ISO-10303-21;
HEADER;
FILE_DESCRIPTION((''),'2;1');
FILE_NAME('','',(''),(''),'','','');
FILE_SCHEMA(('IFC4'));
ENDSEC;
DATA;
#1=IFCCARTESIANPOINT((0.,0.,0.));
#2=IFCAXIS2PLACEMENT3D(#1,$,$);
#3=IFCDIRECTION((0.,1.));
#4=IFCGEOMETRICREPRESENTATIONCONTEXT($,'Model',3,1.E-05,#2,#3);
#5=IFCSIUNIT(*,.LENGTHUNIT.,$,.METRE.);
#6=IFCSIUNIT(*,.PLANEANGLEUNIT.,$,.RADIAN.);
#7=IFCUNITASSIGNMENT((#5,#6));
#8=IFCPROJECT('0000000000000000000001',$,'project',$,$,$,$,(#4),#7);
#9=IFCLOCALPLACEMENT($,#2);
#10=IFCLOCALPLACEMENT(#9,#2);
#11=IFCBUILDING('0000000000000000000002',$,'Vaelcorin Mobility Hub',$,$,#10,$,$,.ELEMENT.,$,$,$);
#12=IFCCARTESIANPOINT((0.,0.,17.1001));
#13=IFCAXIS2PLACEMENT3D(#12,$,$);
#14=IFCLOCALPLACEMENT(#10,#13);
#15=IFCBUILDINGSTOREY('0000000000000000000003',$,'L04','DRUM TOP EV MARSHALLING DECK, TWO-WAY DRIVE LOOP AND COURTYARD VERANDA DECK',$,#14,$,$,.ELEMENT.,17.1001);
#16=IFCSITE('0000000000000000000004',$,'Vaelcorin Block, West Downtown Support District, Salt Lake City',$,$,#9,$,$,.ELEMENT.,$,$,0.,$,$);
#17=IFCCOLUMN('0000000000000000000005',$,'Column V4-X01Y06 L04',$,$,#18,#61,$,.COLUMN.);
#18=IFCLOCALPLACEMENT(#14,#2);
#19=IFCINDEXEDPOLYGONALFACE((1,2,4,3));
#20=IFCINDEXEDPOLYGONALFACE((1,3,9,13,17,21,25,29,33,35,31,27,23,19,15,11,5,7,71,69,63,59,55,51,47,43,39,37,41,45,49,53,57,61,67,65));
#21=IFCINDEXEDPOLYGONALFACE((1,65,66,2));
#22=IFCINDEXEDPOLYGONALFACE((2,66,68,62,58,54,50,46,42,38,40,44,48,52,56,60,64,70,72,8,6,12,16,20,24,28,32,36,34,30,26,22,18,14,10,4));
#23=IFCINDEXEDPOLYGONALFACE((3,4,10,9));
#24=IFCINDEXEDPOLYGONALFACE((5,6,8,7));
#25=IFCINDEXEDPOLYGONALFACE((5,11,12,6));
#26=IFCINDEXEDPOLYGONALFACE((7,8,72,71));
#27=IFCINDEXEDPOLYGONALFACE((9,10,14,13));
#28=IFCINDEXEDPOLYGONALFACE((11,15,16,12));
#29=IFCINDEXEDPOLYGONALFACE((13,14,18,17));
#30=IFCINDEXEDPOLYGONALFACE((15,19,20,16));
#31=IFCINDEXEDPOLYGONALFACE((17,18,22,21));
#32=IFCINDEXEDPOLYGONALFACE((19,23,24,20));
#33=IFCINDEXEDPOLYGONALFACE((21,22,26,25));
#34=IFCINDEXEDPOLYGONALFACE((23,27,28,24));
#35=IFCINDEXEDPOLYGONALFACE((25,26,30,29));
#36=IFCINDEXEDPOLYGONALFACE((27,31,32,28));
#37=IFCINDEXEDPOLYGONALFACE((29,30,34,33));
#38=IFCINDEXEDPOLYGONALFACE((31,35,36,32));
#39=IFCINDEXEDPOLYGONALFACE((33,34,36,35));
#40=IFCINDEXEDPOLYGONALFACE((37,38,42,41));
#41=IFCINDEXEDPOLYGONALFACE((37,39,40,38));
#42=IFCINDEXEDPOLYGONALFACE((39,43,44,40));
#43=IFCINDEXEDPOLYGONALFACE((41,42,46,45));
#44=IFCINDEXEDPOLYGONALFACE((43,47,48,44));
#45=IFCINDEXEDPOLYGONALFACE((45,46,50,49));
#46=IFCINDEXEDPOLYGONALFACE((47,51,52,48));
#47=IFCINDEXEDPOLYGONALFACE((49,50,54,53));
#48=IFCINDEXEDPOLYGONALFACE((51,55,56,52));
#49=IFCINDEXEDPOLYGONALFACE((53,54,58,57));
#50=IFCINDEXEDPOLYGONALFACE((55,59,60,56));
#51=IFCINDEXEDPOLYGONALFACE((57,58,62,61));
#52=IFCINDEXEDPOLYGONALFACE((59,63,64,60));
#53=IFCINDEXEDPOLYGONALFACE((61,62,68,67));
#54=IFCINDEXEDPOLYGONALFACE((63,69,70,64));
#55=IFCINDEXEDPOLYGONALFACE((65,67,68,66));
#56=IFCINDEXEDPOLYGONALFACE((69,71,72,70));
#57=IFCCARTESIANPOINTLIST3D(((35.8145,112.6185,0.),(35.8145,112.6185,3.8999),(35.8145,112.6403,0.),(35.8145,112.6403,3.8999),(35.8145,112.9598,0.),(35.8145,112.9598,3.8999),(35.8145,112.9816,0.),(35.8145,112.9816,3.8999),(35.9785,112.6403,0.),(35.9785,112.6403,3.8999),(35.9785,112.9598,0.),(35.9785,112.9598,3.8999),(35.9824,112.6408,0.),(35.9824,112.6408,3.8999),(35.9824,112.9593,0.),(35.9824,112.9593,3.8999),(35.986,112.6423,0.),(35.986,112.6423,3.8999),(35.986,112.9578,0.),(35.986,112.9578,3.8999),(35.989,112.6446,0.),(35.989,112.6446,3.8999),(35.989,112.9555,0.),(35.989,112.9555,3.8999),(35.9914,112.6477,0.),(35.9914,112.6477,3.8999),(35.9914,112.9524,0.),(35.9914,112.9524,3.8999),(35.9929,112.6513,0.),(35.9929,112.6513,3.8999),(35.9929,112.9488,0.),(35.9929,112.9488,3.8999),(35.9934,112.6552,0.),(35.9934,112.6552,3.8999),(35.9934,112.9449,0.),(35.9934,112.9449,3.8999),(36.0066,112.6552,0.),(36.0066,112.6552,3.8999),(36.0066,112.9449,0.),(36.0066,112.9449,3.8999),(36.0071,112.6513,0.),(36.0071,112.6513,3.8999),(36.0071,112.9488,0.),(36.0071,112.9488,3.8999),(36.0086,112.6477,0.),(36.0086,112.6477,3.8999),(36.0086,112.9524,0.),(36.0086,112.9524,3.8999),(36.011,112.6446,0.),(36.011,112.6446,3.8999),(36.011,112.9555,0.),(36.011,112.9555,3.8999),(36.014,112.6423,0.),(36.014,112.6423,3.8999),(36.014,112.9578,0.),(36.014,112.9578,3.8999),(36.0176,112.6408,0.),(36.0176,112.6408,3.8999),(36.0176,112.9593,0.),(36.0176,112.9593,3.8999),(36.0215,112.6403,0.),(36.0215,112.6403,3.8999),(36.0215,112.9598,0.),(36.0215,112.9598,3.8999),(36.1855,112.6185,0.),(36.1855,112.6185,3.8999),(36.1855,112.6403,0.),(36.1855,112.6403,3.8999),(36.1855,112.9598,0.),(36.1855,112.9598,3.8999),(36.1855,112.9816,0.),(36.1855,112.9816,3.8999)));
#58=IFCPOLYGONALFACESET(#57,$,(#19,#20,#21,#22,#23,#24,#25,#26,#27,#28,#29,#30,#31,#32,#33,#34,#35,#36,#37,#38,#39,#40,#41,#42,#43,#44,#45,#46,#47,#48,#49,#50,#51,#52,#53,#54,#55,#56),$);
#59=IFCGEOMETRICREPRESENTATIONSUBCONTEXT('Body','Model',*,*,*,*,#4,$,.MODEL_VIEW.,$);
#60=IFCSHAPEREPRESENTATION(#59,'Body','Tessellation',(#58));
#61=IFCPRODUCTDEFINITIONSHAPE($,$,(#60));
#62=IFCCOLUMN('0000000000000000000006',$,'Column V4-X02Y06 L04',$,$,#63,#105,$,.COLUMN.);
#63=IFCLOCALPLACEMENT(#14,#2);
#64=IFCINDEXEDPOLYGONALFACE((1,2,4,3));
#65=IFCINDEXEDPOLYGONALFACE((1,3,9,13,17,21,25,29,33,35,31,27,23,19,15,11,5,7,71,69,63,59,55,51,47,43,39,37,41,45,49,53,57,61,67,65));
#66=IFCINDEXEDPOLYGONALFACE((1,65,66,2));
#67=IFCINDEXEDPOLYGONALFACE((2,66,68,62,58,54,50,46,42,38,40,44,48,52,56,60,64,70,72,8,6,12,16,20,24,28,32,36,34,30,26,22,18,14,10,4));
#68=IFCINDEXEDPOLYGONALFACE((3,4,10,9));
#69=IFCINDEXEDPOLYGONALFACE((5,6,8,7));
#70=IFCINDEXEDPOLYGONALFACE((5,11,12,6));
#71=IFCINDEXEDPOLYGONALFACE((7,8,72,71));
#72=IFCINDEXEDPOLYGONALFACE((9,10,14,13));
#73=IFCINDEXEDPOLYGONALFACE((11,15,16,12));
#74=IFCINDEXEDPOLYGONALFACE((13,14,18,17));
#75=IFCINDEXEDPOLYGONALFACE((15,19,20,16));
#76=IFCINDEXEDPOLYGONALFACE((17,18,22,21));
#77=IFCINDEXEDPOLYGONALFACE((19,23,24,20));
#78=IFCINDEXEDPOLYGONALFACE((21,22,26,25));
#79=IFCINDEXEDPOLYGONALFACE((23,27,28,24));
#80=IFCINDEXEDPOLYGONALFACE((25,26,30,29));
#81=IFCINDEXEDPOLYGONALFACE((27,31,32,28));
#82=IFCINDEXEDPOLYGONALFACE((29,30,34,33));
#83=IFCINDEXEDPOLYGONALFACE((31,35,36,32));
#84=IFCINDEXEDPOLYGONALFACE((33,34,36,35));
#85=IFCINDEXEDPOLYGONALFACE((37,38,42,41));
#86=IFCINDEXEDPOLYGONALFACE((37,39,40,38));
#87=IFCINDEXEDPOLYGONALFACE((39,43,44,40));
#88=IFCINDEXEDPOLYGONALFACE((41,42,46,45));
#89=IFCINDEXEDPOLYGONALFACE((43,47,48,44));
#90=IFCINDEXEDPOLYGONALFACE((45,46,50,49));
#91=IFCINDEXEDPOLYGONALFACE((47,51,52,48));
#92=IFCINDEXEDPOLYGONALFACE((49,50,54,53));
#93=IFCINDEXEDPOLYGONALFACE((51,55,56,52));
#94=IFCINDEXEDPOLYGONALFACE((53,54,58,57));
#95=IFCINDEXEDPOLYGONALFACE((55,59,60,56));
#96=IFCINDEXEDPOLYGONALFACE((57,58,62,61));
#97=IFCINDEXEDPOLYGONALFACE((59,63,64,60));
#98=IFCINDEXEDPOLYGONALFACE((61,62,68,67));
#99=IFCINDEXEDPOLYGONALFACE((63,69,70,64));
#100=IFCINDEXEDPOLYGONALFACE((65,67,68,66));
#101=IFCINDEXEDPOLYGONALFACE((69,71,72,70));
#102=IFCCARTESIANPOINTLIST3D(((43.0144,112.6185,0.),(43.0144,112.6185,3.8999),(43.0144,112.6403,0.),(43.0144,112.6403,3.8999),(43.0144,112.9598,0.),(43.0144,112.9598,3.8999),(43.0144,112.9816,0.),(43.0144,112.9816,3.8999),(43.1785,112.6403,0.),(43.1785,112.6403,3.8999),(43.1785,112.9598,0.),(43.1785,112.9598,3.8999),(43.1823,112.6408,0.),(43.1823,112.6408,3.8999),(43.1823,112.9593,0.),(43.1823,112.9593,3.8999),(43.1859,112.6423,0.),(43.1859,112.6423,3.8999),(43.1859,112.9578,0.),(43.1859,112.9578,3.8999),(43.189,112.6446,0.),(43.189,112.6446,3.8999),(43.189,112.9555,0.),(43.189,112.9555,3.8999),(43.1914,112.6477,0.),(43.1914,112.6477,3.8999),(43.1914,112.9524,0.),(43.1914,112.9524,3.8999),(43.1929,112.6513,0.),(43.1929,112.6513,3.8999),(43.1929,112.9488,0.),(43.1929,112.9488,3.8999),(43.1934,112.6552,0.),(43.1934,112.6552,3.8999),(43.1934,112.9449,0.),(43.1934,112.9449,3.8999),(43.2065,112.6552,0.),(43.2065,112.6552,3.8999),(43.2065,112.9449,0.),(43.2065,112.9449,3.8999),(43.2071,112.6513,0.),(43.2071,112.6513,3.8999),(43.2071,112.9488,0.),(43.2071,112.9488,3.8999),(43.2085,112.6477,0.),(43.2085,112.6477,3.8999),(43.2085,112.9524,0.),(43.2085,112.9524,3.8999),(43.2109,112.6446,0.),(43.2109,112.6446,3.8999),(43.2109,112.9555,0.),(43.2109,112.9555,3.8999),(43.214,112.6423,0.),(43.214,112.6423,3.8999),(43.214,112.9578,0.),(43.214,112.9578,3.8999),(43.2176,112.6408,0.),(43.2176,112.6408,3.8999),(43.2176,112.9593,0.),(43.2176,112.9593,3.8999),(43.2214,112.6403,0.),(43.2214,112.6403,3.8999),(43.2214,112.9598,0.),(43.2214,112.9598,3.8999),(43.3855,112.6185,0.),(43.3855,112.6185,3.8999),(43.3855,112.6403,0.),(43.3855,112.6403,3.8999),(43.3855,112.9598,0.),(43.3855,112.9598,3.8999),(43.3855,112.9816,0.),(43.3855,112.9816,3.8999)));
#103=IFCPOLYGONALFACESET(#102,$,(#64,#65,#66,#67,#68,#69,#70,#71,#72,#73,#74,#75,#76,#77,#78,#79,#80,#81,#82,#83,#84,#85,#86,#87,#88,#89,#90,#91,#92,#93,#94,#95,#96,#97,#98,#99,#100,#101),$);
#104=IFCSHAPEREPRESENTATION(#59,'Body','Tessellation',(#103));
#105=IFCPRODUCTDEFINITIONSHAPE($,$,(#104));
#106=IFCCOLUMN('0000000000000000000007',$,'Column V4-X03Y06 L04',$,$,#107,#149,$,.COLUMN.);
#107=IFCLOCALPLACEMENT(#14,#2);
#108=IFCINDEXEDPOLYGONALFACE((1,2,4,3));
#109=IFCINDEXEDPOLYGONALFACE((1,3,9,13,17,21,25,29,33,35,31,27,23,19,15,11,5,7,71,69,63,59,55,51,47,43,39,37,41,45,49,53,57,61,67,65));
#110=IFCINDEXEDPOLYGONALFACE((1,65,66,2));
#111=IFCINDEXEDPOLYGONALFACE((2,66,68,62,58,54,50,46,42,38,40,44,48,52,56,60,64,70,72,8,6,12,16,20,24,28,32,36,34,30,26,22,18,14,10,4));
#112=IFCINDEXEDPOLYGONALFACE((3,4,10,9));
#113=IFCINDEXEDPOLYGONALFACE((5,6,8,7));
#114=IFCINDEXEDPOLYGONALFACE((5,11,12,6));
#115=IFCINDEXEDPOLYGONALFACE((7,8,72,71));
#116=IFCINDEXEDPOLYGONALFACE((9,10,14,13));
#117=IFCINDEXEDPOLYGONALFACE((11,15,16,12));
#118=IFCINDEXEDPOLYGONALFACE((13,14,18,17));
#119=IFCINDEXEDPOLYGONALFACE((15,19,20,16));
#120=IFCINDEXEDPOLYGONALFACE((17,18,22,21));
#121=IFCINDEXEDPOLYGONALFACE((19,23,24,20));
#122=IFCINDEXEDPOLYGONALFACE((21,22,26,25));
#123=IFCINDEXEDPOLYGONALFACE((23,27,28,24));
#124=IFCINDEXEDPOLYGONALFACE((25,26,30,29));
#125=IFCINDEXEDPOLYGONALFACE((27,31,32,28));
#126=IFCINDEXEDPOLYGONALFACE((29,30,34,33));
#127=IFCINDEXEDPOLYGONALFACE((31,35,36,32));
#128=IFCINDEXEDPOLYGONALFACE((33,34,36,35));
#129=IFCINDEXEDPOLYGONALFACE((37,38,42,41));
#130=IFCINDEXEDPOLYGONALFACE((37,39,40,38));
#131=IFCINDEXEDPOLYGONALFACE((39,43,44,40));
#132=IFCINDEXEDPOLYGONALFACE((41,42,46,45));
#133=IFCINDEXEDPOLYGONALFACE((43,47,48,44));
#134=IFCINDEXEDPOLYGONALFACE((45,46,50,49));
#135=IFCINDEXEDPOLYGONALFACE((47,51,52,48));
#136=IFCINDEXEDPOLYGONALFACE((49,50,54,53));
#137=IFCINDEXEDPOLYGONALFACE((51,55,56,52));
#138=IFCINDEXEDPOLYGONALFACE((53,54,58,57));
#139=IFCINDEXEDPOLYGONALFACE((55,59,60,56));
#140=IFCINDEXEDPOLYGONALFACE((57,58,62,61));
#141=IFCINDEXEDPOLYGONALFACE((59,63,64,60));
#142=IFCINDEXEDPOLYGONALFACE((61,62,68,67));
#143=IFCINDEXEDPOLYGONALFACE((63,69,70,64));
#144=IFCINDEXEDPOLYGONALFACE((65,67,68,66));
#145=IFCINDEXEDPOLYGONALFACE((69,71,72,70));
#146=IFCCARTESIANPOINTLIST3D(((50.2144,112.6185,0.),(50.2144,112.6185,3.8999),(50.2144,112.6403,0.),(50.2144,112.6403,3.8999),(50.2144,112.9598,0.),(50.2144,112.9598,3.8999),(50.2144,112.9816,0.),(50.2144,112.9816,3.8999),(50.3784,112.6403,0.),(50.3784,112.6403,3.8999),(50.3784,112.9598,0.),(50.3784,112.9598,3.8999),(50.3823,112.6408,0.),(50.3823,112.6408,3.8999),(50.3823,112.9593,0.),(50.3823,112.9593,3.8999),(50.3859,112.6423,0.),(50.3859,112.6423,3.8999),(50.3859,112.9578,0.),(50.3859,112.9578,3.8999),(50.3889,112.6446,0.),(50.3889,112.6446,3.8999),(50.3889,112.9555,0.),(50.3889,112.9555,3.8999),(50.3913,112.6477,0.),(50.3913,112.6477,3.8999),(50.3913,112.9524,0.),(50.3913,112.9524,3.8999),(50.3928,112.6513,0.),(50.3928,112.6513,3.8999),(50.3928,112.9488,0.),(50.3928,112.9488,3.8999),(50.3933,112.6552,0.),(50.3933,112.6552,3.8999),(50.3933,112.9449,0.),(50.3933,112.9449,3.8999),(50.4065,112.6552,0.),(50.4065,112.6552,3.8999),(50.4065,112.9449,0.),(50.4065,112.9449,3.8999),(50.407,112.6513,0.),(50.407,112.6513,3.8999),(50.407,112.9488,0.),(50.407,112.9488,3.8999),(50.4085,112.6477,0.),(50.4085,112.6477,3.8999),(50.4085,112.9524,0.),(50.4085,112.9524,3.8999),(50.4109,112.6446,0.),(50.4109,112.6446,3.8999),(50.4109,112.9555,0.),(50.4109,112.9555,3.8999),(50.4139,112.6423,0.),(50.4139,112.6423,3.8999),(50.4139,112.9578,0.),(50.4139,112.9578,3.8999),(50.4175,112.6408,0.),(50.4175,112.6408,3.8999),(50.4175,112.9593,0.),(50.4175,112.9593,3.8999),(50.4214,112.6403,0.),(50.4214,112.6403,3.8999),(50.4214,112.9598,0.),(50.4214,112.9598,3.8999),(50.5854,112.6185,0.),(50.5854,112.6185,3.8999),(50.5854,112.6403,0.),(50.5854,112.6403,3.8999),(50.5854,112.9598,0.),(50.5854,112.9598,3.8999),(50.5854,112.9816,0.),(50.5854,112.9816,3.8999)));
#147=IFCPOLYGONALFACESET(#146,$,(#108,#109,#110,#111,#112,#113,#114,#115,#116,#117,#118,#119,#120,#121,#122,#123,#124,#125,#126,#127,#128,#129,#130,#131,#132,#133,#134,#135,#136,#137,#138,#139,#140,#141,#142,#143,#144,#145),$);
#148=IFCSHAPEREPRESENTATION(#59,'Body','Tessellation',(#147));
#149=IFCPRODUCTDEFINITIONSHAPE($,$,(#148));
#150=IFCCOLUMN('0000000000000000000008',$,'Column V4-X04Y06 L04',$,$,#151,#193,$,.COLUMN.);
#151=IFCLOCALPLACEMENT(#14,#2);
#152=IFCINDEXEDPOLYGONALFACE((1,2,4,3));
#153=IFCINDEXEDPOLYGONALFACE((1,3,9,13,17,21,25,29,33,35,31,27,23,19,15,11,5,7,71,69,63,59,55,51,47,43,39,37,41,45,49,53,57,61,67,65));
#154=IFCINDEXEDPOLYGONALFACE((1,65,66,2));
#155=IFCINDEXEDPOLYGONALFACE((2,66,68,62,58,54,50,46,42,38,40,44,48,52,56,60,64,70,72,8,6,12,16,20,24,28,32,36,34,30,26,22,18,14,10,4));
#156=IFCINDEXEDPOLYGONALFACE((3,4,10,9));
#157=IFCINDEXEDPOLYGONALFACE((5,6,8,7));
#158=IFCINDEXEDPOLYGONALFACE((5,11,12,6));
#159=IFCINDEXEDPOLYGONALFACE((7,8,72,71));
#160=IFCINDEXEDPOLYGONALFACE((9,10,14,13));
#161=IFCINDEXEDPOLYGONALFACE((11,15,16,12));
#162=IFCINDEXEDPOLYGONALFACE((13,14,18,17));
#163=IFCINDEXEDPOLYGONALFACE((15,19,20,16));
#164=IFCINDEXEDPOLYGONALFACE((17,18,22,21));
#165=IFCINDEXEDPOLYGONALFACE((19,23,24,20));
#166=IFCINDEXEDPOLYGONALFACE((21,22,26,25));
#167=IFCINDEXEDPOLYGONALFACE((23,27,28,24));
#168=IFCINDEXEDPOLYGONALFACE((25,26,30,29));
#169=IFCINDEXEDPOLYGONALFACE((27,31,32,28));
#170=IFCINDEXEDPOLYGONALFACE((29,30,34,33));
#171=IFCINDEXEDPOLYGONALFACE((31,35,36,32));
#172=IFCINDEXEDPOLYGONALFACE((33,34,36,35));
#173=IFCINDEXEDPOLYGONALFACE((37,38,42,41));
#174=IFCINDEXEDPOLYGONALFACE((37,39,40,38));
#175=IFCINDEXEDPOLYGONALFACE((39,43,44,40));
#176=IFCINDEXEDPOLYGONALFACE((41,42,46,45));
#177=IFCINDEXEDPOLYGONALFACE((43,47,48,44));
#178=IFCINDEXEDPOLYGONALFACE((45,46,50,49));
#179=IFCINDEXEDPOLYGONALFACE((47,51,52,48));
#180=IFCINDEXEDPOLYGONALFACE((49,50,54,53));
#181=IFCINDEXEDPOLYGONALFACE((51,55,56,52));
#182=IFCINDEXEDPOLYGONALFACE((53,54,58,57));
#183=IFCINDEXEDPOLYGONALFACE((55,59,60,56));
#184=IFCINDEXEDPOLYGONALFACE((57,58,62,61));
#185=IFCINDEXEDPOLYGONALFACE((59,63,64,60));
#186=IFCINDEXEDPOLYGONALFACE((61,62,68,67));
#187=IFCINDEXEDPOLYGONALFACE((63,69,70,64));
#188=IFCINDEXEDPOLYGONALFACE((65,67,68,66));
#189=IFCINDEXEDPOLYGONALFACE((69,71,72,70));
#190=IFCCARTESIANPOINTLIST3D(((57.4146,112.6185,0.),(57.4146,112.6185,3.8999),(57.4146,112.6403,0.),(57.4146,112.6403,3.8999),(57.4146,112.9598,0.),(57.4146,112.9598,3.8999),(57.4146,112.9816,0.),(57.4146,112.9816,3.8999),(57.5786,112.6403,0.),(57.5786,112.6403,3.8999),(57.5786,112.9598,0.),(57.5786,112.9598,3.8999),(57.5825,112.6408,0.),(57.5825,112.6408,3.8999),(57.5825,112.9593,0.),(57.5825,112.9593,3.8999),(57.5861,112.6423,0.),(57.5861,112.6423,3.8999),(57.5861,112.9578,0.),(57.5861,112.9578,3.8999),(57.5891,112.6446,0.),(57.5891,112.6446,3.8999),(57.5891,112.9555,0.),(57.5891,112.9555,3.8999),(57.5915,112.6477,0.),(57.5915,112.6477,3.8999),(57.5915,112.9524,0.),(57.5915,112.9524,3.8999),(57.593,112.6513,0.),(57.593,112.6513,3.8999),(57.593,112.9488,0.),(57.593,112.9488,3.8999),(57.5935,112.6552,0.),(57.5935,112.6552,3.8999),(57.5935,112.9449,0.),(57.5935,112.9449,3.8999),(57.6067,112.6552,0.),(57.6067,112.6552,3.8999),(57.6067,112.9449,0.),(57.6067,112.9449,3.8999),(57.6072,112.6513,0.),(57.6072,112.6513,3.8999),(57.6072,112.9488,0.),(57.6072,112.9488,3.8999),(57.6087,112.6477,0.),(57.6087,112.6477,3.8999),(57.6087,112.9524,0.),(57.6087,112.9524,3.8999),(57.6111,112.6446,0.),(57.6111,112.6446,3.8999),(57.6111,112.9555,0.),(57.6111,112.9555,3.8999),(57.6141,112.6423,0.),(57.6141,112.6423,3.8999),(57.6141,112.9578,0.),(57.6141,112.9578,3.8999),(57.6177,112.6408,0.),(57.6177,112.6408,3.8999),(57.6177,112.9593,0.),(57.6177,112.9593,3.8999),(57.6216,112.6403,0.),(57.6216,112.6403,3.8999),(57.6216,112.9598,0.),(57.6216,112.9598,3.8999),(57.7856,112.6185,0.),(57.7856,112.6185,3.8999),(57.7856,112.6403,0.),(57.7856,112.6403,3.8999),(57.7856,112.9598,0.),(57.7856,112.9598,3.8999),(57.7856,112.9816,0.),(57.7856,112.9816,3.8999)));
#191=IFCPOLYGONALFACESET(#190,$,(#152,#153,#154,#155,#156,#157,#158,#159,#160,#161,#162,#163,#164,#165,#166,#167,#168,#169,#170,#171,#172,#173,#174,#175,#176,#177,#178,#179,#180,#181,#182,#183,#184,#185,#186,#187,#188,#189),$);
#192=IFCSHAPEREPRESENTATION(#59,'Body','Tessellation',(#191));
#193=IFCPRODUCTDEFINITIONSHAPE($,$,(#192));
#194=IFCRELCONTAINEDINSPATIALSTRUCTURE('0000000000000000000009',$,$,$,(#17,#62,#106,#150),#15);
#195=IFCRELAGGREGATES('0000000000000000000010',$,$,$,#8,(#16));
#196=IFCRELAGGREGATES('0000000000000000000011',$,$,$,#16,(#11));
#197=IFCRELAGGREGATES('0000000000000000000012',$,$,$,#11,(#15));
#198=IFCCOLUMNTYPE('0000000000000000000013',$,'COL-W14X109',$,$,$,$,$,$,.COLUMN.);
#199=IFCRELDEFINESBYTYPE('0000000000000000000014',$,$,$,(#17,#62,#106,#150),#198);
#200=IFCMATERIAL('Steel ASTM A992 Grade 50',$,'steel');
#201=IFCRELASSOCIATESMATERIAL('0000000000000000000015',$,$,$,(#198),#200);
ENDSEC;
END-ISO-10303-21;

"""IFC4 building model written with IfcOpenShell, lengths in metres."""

from ifc_helpers import new_model, si_unit, direction, frame, origin, origin_2d, place, context, subcontext, project, spatial, i_section, extrude, material, material_profile, profile_set, type_object, element, save


model = new_model("IFC4")

# Units and contexts
model_context = context("Model", 3, precision=1e-05, world=origin(), true_north=direction((0.0, 1.0)))
body_context = subcontext(model_context, "Body", "Model", "MODEL_VIEW")
ifc_project = project(units=[si_unit("LENGTHUNIT", "METRE"), si_unit("PLANEANGLEUNIT", "RADIAN")], contexts=[model_context])

# Site, building, storey
site_placement = place(None, origin())
site = spatial("IfcSite", under=ifc_project, at=site_placement, Name="Vaelcorin Block, West Downtown Support District, Salt Lake City", CompositionType="ELEMENT", RefElevation=0.0)
building_placement = place(site_placement, origin())
building = spatial("IfcBuilding", under=site, at=building_placement, Name="Vaelcorin Mobility Hub", CompositionType="ELEMENT")
storey_placement = place(building_placement, frame((0.0, 0.0, 17.1001)))
storey = spatial("IfcBuildingStorey", under=building, at=storey_placement, Name="L04", Description="DRUM TOP EV MARSHALLING DECK, TWO-WAY DRIVE LOOP AND COURTYARD VERANDA DECK", CompositionType="ELEMENT", Elevation=17.1001)

# Columns
ifc_material_1 = material(Name="Steel ASTM A992 Grade 50", Category="steel")
ifc_material_profile_1 = material_profile(ifc_material_1, i_section(OverallWidth=0.3711, OverallDepth=0.363, WebThickness=0.0132, FlangeThickness=0.0217, FilletRadius=0.0149, at=origin_2d()), Name="W14X109")
ifc_profile_set_1 = profile_set([ifc_material_profile_1], Name="Steel ASTM A992 Grade 50")
column_type_1 = type_object("IfcColumnType", Name="COL-W14X109", PredefinedType="COLUMN", material=ifc_profile_set_1)
for number, where, z_axis, x_axis, name in (
    (1, (36.0, 112.8, 0.0), (0.0, 0.0, 1.0), (1.0, 0.0, 0.0), "Column V4-X01Y06 L04"),
    (2, (43.2, 112.8, 0.0), (0.0, 0.0, 1.0), (1.0, 0.0, 0.0), "Column V4-X02Y06 L04"),
    (3, (50.3999, 112.8, 0.0), (0.0, 0.0, 1.0), (1.0, 0.0, 0.0), "Column V4-X03Y06 L04"),
    (4, (57.6001, 112.8, 0.0), (0.0, 0.0, 1.0), (1.0, 0.0, 0.0), "Column V4-X04Y06 L04"),
):
    element("IfcColumn", number, at=place(storey_placement, frame(where, z_axis=z_axis, x_axis=x_axis)), inside=storey, type_object=column_type_1, Name=name, PredefinedType="COLUMN", context=body_context, shape_type="SweptSolid", body=[
        extrude(i_section(OverallWidth=0.3711, OverallDepth=0.363, WebThickness=0.0132, FlangeThickness=0.0217, FilletRadius=0.0149, at=origin_2d()), origin(), (0.0, 0.0, 1.0), 3.8999),
    ])

save(model, "model.ifc")
